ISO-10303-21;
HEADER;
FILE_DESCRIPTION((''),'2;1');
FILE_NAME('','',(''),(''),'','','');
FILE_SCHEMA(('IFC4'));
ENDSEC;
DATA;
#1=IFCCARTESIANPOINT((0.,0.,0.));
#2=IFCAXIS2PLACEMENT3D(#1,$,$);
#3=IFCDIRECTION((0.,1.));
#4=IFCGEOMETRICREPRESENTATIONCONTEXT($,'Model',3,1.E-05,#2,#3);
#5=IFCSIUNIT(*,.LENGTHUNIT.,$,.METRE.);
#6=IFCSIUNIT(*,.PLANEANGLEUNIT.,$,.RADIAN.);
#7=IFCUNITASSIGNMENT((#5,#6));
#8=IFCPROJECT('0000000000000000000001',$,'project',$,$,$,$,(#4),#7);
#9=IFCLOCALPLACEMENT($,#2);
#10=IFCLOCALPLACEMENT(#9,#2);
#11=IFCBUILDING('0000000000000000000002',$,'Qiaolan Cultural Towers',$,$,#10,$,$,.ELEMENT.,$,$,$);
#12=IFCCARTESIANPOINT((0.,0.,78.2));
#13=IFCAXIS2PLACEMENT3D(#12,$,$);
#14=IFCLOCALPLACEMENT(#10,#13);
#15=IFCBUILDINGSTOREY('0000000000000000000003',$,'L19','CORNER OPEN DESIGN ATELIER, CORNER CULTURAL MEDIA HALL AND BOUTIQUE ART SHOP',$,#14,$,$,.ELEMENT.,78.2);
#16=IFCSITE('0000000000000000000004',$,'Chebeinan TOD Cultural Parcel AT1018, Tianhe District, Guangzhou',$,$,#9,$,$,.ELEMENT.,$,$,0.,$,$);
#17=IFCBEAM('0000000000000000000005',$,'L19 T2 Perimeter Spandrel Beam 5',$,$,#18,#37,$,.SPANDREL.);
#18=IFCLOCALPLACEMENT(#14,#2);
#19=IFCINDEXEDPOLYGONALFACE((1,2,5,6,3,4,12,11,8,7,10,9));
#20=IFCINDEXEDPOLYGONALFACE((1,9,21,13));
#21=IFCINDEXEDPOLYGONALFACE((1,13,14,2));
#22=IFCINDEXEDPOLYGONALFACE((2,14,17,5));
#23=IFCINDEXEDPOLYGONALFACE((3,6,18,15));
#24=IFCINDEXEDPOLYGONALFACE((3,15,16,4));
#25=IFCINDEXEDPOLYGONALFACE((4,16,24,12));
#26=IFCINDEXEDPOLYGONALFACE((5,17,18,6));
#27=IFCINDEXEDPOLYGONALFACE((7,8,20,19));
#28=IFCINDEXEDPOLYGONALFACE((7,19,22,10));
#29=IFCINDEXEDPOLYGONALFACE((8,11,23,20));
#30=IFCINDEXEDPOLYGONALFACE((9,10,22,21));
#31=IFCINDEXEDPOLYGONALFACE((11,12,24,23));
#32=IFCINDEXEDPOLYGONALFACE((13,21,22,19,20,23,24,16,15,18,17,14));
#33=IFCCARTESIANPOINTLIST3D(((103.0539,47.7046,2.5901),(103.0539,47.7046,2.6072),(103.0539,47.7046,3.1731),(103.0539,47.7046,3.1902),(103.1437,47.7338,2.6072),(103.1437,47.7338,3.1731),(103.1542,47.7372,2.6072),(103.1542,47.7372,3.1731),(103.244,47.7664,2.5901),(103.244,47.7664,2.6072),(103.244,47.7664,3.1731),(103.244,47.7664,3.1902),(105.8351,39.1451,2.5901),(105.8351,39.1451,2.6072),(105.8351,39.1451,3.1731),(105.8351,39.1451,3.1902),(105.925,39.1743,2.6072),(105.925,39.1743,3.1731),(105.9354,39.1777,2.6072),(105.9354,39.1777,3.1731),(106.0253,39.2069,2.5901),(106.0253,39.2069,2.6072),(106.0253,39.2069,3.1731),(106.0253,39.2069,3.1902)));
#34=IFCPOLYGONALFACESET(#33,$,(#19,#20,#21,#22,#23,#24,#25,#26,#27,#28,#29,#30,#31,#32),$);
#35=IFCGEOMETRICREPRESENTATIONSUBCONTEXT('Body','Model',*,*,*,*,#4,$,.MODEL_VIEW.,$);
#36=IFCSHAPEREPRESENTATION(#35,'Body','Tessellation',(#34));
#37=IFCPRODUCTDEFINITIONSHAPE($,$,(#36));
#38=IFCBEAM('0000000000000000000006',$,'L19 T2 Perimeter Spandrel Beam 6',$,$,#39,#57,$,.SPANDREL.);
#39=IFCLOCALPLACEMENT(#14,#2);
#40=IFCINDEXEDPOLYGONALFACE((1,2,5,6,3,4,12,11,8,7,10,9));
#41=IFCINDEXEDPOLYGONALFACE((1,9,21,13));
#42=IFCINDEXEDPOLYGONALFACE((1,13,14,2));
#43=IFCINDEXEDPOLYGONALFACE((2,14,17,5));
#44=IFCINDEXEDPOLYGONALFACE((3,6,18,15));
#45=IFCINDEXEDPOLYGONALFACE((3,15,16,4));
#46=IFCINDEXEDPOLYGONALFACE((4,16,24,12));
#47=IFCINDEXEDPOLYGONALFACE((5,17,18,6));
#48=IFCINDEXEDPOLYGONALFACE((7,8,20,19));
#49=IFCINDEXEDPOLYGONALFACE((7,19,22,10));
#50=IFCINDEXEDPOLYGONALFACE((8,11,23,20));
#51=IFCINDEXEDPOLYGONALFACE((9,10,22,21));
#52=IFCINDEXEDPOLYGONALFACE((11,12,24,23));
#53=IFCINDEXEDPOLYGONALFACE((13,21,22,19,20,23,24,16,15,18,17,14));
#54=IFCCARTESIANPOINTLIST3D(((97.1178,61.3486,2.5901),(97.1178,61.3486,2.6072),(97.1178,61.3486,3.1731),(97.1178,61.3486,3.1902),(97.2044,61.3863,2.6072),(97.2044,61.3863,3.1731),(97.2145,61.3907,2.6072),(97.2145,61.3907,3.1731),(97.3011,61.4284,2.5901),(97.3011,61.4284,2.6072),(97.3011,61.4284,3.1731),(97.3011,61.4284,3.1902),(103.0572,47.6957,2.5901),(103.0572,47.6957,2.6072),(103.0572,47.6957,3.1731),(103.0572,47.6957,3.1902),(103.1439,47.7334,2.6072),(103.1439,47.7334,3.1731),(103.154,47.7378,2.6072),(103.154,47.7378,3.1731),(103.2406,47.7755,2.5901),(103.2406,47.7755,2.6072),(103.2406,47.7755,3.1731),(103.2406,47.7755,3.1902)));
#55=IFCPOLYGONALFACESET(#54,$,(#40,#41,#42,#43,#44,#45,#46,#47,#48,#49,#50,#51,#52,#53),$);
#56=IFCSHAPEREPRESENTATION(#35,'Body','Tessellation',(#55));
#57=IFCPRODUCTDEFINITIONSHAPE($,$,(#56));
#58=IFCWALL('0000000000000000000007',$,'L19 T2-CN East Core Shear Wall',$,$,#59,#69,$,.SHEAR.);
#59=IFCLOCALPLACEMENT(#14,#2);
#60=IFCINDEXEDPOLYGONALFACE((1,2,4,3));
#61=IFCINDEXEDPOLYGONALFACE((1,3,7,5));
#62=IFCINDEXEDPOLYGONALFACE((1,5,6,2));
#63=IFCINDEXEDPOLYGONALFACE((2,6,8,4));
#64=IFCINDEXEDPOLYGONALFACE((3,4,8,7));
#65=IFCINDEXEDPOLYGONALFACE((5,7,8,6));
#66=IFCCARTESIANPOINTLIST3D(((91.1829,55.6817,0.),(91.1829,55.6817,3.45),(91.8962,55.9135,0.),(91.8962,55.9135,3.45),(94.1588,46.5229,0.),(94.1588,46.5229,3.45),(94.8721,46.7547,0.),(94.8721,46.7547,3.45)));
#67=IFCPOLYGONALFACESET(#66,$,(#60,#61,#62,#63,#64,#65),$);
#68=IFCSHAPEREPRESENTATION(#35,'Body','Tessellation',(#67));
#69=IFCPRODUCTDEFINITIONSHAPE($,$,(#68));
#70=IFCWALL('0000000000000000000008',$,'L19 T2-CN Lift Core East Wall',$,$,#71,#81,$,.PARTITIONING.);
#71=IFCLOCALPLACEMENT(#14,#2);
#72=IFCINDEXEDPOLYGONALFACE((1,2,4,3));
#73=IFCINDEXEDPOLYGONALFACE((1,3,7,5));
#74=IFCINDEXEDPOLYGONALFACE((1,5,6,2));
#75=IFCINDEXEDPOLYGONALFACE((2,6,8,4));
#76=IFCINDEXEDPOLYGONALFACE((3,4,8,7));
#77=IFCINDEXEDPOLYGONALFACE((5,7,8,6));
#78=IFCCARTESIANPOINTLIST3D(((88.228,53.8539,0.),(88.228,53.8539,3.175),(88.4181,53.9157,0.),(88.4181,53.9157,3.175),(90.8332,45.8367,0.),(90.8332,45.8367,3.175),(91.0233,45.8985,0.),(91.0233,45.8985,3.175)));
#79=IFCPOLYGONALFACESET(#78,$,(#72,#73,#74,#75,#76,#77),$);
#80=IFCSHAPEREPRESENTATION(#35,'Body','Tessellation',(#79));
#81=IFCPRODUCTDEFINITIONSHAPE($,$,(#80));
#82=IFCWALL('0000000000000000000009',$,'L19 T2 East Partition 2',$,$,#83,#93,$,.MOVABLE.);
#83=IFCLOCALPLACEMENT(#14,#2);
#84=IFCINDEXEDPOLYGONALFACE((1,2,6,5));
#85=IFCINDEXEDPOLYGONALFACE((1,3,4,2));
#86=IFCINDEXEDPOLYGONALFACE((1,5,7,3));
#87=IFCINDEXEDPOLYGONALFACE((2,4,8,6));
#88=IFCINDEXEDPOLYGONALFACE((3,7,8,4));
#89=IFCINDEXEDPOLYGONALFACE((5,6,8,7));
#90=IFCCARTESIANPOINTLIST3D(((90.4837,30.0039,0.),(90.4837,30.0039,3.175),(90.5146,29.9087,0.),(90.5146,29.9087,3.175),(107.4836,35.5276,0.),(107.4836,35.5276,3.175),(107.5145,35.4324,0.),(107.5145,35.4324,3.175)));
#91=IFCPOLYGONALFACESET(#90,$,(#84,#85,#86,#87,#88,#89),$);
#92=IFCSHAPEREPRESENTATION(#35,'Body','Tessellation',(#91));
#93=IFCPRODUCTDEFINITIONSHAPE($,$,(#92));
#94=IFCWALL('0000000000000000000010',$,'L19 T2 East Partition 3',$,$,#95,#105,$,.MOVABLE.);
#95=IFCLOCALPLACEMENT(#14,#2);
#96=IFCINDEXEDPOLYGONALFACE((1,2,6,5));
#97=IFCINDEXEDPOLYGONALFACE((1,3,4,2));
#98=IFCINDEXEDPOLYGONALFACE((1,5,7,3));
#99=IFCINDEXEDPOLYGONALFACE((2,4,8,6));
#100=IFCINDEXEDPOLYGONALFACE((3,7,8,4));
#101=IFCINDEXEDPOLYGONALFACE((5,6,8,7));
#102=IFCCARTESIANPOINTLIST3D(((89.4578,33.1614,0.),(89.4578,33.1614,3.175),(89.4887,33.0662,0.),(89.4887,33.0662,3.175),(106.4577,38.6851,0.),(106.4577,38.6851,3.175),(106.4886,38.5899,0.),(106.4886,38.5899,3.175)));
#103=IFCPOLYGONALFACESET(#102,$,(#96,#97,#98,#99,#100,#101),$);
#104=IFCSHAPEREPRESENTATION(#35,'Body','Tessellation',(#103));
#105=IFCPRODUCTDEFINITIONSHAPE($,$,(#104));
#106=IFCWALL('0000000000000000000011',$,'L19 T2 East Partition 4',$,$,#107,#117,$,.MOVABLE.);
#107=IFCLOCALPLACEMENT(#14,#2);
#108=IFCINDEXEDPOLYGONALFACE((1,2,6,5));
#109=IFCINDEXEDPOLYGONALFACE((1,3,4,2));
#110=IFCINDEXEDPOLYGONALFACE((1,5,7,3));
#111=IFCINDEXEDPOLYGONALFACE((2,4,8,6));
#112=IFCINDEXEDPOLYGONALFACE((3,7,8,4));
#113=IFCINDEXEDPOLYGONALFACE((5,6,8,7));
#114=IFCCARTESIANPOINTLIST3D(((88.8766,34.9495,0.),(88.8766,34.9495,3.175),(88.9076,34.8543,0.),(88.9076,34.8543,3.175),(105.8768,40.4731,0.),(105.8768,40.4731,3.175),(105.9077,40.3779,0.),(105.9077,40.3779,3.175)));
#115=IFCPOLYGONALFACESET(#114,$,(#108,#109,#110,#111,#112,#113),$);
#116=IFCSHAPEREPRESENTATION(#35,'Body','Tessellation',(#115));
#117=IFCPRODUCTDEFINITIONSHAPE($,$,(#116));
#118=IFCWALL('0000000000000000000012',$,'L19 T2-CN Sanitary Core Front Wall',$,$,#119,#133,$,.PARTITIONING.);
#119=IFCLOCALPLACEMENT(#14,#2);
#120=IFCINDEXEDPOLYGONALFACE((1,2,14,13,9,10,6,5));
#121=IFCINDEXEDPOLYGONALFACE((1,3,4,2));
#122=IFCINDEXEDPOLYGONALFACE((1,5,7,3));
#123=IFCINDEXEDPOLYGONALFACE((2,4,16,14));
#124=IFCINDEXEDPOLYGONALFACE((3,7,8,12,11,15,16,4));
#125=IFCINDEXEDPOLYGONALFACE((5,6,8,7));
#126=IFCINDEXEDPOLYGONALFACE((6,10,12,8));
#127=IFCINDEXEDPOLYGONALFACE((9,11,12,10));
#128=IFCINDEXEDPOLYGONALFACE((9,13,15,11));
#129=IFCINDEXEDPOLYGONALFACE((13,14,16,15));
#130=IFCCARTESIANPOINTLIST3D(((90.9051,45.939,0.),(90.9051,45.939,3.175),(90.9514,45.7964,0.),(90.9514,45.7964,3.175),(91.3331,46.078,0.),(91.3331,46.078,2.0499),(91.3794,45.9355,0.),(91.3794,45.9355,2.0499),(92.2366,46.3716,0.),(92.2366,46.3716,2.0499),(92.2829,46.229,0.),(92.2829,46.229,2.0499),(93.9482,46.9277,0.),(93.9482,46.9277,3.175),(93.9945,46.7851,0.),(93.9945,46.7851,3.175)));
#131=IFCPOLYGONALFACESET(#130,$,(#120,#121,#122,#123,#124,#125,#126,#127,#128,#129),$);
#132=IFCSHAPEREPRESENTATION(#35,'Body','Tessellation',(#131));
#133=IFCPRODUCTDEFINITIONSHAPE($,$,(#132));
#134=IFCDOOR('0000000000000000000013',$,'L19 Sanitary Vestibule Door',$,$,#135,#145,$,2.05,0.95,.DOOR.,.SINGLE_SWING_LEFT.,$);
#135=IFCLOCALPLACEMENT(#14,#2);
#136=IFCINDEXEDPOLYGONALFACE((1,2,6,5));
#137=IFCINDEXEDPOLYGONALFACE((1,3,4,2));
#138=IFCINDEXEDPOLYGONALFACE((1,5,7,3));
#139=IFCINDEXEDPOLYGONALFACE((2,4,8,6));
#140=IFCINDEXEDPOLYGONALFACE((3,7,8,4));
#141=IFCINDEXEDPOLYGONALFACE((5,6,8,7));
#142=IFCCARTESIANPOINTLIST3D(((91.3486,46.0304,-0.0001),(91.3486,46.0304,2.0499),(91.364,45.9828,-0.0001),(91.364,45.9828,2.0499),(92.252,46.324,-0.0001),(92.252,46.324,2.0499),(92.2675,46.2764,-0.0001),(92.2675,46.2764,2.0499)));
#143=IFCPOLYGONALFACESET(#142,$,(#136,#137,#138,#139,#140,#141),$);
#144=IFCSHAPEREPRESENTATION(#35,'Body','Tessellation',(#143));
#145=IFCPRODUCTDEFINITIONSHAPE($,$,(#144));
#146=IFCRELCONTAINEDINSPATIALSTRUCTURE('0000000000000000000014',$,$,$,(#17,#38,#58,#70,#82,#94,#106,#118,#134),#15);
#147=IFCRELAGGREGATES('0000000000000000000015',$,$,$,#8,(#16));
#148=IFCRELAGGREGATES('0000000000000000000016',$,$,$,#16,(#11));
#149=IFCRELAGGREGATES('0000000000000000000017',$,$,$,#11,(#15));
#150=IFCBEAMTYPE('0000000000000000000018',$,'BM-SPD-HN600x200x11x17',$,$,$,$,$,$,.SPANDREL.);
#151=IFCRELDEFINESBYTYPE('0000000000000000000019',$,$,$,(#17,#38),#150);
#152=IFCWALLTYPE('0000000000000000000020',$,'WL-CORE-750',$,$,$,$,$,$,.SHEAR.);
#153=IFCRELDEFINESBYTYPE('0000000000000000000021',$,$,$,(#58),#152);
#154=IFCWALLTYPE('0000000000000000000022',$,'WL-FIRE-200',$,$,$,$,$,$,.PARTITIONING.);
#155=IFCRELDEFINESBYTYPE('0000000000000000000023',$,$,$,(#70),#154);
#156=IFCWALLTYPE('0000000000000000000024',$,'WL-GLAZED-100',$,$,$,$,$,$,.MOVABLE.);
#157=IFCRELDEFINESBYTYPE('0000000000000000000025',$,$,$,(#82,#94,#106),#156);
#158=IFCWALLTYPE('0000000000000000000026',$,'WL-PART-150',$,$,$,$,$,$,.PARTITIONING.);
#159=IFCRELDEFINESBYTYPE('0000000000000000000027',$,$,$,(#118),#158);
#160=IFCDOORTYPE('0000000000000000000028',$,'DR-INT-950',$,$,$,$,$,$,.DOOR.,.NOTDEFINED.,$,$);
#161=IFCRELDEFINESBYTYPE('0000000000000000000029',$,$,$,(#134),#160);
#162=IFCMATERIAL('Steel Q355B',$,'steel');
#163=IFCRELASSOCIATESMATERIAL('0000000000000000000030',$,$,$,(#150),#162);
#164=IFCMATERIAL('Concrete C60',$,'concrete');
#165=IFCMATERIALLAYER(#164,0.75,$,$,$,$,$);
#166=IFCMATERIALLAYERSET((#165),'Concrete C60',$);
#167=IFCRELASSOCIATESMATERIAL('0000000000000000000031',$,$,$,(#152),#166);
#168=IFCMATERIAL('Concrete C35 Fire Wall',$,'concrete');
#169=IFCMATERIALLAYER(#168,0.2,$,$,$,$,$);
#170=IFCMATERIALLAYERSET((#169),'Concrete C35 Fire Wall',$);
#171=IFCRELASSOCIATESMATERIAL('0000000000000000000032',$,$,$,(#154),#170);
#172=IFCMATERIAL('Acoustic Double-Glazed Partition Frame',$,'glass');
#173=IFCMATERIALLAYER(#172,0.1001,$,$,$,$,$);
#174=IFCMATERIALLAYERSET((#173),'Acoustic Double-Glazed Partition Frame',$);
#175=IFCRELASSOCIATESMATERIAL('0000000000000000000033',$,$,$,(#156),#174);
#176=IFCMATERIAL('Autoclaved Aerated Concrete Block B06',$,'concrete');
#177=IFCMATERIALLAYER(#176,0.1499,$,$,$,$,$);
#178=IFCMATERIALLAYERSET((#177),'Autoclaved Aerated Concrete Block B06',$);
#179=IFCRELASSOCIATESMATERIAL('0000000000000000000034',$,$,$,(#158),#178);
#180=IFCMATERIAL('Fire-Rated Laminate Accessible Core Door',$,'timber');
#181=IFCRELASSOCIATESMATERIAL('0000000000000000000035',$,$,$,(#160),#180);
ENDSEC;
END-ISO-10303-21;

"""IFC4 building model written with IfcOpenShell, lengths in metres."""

from ifc_helpers import new_model, si_unit, direction, frame, frame_2d, origin, origin_2d, place, context, subcontext, project, spatial, rectangle, i_section, extrude, material, layer, layer_set, material_profile, profile_set, type_object, element, fill, save


model = new_model("IFC4")

# Units and contexts
model_context = context("Model", 3, precision=1e-05, world=origin(), true_north=direction((0.0, 1.0)))
body_context = subcontext(model_context, "Body", "Model", "MODEL_VIEW")
ifc_project = project(units=[si_unit("LENGTHUNIT", "METRE"), si_unit("PLANEANGLEUNIT", "RADIAN")], contexts=[model_context])

# Site, building, storey
site_placement = place(None, origin())
site = spatial("IfcSite", under=ifc_project, at=site_placement, Name="Chebeinan TOD Cultural Parcel AT1018, Tianhe District, Guangzhou", CompositionType="ELEMENT", RefElevation=0.0)
building_placement = place(site_placement, origin())
building = spatial("IfcBuilding", under=site, at=building_placement, Name="Qiaolan Cultural Towers", CompositionType="ELEMENT")
storey_placement = place(building_placement, frame((0.0, 0.0, 78.2)))
storey = spatial("IfcBuildingStorey", under=building, at=storey_placement, Name="L19", Description="CORNER OPEN DESIGN ATELIER, CORNER CULTURAL MEDIA HALL AND BOUTIQUE ART SHOP", CompositionType="ELEMENT", Elevation=78.2)

# Beams
ifc_material_1 = material(Name="Steel Q355B", Category="steel")
ifc_material_profile_1 = material_profile(ifc_material_1, i_section(OverallWidth=0.2, OverallDepth=0.6001, WebThickness=0.011, FlangeThickness=0.0171, at=origin_2d()), Name="HN600x200x11x17")
ifc_profile_set_1 = profile_set([ifc_material_profile_1], Name="Steel Q355B")
beam_type_1 = type_object("IfcBeamType", Name="BM-SPD-HN600x200x11x17", PredefinedType="SPANDREL", material=ifc_profile_set_1)
for number, where, z_axis, x_axis, name in (
    (1, (105.9302, 39.176, 2.8901), (-0.309025, 0.951054, 0.0), (-0.951054, -0.309025, 0.0), "L19 T2 Perimeter Spandrel Beam 5"),
):
    element("IfcBeam", number, at=place(storey_placement, frame(where, z_axis=z_axis, x_axis=x_axis)), inside=storey, type_object=beam_type_1, Name=name, PredefinedType="SPANDREL", context=body_context, shape_type="SweptSolid", body=[
        extrude(i_section(OverallWidth=0.2, OverallDepth=0.6001, WebThickness=0.011, FlangeThickness=0.0171, at=origin_2d()), origin(), (0.0, 0.0, 1.0), 9.0),
    ])
beam_1_placement = place(storey_placement, frame((103.1489, 47.7356, 2.8901), z_axis=(-0.39892, 0.916986, 0.0), x_axis=(-0.916986, -0.39892, 0.0)))
element("IfcBeam", 2, at=beam_1_placement, inside=storey, type_object=beam_type_1, Name="L19 T2 Perimeter Spandrel Beam 6", PredefinedType="SPANDREL", context=body_context, shape_type="SweptSolid", body=[
    extrude(i_section(OverallWidth=0.2, OverallDepth=0.6001, WebThickness=0.011, FlangeThickness=0.0171, at=origin_2d()), origin(), (0.0, 0.0, 1.0), 14.8889),
])

# Walls
ifc_material_2 = material(Name="Concrete C60", Category="concrete")
ifc_layer_1 = layer(ifc_material_2, 0.75)
ifc_layer_set_1 = layer_set([ifc_layer_1], Name="Concrete C60")
wall_type_1 = type_object("IfcWallType", Name="WL-CORE-750", PredefinedType="SHEAR", material=ifc_layer_set_1)
wall_1_placement = place(storey_placement, frame((94.5154, 46.6389, 0.0), z_axis=(0.0, 0.0, 1.0), x_axis=(-0.309016, 0.951057, 0.0)))
element("IfcWall", 3, at=wall_1_placement, inside=storey, type_object=wall_type_1, Name="L19 T2-CN East Core Shear Wall", PredefinedType="SHEAR", context=body_context, shape_type="SweptSolid", body=[
    extrude(rectangle(XDim=9.6301, YDim=0.75, at=frame_2d((4.8149, 0.0))), origin(), (0.0, 0.0, 1.0), 3.45),
])
ifc_material_3 = material(Name="Concrete C35 Fire Wall", Category="concrete")
ifc_layer_2 = layer(ifc_material_3, 0.2)
ifc_layer_set_2 = layer_set([ifc_layer_2], Name="Concrete C35 Fire Wall")
wall_type_2 = type_object("IfcWallType", Name="WL-FIRE-200", PredefinedType="PARTITIONING", material=ifc_layer_set_2)
wall_2_placement = place(storey_placement, frame((90.9282, 45.8677, 0.0), z_axis=(0.0, 0.0, 1.0), x_axis=(-0.309042, 0.951048, 0.0)))
element("IfcWall", 4, at=wall_2_placement, inside=storey, type_object=wall_type_2, Name="L19 T2-CN Lift Core East Wall", PredefinedType="PARTITIONING", context=body_context, shape_type="SweptSolid", body=[
    extrude(rectangle(XDim=8.4299, YDim=0.2, at=frame_2d((4.2148, 0.0))), origin(), (0.0, 0.0, 1.0), 3.175),
])
ifc_material_4 = material(Name="Acoustic Double-Glazed Partition Frame", Category="glass")
ifc_layer_3 = layer(ifc_material_4, 0.1001)
ifc_layer_set_3 = layer_set([ifc_layer_3], Name="Acoustic Double-Glazed Partition Frame")
wall_type_3 = type_object("IfcWallType", Name="WL-GLAZED-100", PredefinedType="MOVABLE", material=ifc_layer_set_3)
for number, where, z_axis, x_axis, name in (
    (5, (90.499, 29.9563, 0.0), (0.0, 0.0, 1.0), (0.951056, 0.309019, 0.0), "L19 T2 East Partition 2"),
    (6, (89.4731, 33.1138, 0.0), (0.0, 0.0, 1.0), (0.951056, 0.309019, 0.0), "L19 T2 East Partition 3"),
):
    element("IfcWall", number, at=place(storey_placement, frame(where, z_axis=z_axis, x_axis=x_axis)), inside=storey, type_object=wall_type_3, Name=name, PredefinedType="MOVABLE", context=body_context, shape_type="SweptSolid", body=[
        extrude(rectangle(XDim=17.8748, YDim=0.1001, at=frame_2d((8.9375, 0.0))), origin(), (0.0, 0.0, 1.0), 3.175),
    ])
wall_3_placement = place(storey_placement, frame((88.8921, 34.9019, 0.0), z_axis=(0.0, 0.0, 1.0), x_axis=(0.951057, 0.309015, 0.0)))
element("IfcWall", 7, at=wall_3_placement, inside=storey, type_object=wall_type_3, Name="L19 T2 East Partition 4", PredefinedType="MOVABLE", context=body_context, shape_type="SweptSolid", body=[
    extrude(rectangle(XDim=17.875, YDim=0.1001, at=frame_2d((8.9375, 0.0))), origin(), (0.0, 0.0, 1.0), 3.175),
])

# Wall, opening, door
ifc_material_5 = material(Name="Autoclaved Aerated Concrete Block B06", Category="concrete")
ifc_layer_4 = layer(ifc_material_5, 0.1499)
ifc_layer_set_4 = layer_set([ifc_layer_4], Name="Autoclaved Aerated Concrete Block B06")
wall_type_4 = type_object("IfcWallType", Name="WL-PART-150", PredefinedType="PARTITIONING", material=ifc_layer_set_4)
wall_4_placement = place(storey_placement, frame((90.9282, 45.8677, 0.0), z_axis=(0.0, 0.0, 1.0), x_axis=(0.951059, 0.309008, 0.0)))
wall_4 = element("IfcWall", 8, at=wall_4_placement, inside=storey, type_object=wall_type_4, Name="L19 T2-CN Sanitary Core Front Wall", PredefinedType="PARTITIONING", context=body_context, shape_type="SweptSolid", body=[
    extrude(rectangle(XDim=3.1997, YDim=0.1499, at=frame_2d((1.5999, 0.0))), origin(), (0.0, 0.0, 1.0), 3.175),
])
opening_1_placement = place(wall_4_placement, frame((0.45, 0.0, 0.0)))
opening_1 = element("IfcOpeningElement", 9, at=opening_1_placement, cuts=wall_4, PredefinedType="OPENING", context=body_context, shape_type="SweptSolid", body=[
    extrude(rectangle(XDim=0.95, YDim=2.05, at=frame_2d((0.4751, 1.0249))), frame((0.0, 0.085, 0.0), z_axis=(0.0, -1.0, 0.0), x_axis=(1.0, 0.0, 0.0)), (0.0, 0.0, 1.0), 0.1699),
])
ifc_material_6 = material(Name="Fire-Rated Laminate Accessible Core Door", Category="timber")
door_type_1 = type_object("IfcDoorType", Name="DR-INT-950", OperationType="NOTDEFINED", PredefinedType="DOOR", material=ifc_material_6)
door_1_placement = place(opening_1_placement, origin())
door_1 = element("IfcDoor", 10, at=door_1_placement, inside=storey, type_object=door_type_1, Name="L19 Sanitary Vestibule Door", OperationType="SINGLE_SWING_LEFT", OverallHeight=2.05, OverallWidth=0.95, PredefinedType="DOOR", context=body_context, shape_type="SweptSolid", body=[
    extrude(rectangle(XDim=0.95, YDim=2.05, at=frame_2d((0.4751, 1.0249))), frame((0.0, 0.0249, 0.0), z_axis=(0.0, -1.0, 0.0), x_axis=(1.0, 0.0, 0.0)), (0.0, 0.0, 1.0), 0.05),
])
fill(opening_1, door_1)

save(model, "model.ifc")
